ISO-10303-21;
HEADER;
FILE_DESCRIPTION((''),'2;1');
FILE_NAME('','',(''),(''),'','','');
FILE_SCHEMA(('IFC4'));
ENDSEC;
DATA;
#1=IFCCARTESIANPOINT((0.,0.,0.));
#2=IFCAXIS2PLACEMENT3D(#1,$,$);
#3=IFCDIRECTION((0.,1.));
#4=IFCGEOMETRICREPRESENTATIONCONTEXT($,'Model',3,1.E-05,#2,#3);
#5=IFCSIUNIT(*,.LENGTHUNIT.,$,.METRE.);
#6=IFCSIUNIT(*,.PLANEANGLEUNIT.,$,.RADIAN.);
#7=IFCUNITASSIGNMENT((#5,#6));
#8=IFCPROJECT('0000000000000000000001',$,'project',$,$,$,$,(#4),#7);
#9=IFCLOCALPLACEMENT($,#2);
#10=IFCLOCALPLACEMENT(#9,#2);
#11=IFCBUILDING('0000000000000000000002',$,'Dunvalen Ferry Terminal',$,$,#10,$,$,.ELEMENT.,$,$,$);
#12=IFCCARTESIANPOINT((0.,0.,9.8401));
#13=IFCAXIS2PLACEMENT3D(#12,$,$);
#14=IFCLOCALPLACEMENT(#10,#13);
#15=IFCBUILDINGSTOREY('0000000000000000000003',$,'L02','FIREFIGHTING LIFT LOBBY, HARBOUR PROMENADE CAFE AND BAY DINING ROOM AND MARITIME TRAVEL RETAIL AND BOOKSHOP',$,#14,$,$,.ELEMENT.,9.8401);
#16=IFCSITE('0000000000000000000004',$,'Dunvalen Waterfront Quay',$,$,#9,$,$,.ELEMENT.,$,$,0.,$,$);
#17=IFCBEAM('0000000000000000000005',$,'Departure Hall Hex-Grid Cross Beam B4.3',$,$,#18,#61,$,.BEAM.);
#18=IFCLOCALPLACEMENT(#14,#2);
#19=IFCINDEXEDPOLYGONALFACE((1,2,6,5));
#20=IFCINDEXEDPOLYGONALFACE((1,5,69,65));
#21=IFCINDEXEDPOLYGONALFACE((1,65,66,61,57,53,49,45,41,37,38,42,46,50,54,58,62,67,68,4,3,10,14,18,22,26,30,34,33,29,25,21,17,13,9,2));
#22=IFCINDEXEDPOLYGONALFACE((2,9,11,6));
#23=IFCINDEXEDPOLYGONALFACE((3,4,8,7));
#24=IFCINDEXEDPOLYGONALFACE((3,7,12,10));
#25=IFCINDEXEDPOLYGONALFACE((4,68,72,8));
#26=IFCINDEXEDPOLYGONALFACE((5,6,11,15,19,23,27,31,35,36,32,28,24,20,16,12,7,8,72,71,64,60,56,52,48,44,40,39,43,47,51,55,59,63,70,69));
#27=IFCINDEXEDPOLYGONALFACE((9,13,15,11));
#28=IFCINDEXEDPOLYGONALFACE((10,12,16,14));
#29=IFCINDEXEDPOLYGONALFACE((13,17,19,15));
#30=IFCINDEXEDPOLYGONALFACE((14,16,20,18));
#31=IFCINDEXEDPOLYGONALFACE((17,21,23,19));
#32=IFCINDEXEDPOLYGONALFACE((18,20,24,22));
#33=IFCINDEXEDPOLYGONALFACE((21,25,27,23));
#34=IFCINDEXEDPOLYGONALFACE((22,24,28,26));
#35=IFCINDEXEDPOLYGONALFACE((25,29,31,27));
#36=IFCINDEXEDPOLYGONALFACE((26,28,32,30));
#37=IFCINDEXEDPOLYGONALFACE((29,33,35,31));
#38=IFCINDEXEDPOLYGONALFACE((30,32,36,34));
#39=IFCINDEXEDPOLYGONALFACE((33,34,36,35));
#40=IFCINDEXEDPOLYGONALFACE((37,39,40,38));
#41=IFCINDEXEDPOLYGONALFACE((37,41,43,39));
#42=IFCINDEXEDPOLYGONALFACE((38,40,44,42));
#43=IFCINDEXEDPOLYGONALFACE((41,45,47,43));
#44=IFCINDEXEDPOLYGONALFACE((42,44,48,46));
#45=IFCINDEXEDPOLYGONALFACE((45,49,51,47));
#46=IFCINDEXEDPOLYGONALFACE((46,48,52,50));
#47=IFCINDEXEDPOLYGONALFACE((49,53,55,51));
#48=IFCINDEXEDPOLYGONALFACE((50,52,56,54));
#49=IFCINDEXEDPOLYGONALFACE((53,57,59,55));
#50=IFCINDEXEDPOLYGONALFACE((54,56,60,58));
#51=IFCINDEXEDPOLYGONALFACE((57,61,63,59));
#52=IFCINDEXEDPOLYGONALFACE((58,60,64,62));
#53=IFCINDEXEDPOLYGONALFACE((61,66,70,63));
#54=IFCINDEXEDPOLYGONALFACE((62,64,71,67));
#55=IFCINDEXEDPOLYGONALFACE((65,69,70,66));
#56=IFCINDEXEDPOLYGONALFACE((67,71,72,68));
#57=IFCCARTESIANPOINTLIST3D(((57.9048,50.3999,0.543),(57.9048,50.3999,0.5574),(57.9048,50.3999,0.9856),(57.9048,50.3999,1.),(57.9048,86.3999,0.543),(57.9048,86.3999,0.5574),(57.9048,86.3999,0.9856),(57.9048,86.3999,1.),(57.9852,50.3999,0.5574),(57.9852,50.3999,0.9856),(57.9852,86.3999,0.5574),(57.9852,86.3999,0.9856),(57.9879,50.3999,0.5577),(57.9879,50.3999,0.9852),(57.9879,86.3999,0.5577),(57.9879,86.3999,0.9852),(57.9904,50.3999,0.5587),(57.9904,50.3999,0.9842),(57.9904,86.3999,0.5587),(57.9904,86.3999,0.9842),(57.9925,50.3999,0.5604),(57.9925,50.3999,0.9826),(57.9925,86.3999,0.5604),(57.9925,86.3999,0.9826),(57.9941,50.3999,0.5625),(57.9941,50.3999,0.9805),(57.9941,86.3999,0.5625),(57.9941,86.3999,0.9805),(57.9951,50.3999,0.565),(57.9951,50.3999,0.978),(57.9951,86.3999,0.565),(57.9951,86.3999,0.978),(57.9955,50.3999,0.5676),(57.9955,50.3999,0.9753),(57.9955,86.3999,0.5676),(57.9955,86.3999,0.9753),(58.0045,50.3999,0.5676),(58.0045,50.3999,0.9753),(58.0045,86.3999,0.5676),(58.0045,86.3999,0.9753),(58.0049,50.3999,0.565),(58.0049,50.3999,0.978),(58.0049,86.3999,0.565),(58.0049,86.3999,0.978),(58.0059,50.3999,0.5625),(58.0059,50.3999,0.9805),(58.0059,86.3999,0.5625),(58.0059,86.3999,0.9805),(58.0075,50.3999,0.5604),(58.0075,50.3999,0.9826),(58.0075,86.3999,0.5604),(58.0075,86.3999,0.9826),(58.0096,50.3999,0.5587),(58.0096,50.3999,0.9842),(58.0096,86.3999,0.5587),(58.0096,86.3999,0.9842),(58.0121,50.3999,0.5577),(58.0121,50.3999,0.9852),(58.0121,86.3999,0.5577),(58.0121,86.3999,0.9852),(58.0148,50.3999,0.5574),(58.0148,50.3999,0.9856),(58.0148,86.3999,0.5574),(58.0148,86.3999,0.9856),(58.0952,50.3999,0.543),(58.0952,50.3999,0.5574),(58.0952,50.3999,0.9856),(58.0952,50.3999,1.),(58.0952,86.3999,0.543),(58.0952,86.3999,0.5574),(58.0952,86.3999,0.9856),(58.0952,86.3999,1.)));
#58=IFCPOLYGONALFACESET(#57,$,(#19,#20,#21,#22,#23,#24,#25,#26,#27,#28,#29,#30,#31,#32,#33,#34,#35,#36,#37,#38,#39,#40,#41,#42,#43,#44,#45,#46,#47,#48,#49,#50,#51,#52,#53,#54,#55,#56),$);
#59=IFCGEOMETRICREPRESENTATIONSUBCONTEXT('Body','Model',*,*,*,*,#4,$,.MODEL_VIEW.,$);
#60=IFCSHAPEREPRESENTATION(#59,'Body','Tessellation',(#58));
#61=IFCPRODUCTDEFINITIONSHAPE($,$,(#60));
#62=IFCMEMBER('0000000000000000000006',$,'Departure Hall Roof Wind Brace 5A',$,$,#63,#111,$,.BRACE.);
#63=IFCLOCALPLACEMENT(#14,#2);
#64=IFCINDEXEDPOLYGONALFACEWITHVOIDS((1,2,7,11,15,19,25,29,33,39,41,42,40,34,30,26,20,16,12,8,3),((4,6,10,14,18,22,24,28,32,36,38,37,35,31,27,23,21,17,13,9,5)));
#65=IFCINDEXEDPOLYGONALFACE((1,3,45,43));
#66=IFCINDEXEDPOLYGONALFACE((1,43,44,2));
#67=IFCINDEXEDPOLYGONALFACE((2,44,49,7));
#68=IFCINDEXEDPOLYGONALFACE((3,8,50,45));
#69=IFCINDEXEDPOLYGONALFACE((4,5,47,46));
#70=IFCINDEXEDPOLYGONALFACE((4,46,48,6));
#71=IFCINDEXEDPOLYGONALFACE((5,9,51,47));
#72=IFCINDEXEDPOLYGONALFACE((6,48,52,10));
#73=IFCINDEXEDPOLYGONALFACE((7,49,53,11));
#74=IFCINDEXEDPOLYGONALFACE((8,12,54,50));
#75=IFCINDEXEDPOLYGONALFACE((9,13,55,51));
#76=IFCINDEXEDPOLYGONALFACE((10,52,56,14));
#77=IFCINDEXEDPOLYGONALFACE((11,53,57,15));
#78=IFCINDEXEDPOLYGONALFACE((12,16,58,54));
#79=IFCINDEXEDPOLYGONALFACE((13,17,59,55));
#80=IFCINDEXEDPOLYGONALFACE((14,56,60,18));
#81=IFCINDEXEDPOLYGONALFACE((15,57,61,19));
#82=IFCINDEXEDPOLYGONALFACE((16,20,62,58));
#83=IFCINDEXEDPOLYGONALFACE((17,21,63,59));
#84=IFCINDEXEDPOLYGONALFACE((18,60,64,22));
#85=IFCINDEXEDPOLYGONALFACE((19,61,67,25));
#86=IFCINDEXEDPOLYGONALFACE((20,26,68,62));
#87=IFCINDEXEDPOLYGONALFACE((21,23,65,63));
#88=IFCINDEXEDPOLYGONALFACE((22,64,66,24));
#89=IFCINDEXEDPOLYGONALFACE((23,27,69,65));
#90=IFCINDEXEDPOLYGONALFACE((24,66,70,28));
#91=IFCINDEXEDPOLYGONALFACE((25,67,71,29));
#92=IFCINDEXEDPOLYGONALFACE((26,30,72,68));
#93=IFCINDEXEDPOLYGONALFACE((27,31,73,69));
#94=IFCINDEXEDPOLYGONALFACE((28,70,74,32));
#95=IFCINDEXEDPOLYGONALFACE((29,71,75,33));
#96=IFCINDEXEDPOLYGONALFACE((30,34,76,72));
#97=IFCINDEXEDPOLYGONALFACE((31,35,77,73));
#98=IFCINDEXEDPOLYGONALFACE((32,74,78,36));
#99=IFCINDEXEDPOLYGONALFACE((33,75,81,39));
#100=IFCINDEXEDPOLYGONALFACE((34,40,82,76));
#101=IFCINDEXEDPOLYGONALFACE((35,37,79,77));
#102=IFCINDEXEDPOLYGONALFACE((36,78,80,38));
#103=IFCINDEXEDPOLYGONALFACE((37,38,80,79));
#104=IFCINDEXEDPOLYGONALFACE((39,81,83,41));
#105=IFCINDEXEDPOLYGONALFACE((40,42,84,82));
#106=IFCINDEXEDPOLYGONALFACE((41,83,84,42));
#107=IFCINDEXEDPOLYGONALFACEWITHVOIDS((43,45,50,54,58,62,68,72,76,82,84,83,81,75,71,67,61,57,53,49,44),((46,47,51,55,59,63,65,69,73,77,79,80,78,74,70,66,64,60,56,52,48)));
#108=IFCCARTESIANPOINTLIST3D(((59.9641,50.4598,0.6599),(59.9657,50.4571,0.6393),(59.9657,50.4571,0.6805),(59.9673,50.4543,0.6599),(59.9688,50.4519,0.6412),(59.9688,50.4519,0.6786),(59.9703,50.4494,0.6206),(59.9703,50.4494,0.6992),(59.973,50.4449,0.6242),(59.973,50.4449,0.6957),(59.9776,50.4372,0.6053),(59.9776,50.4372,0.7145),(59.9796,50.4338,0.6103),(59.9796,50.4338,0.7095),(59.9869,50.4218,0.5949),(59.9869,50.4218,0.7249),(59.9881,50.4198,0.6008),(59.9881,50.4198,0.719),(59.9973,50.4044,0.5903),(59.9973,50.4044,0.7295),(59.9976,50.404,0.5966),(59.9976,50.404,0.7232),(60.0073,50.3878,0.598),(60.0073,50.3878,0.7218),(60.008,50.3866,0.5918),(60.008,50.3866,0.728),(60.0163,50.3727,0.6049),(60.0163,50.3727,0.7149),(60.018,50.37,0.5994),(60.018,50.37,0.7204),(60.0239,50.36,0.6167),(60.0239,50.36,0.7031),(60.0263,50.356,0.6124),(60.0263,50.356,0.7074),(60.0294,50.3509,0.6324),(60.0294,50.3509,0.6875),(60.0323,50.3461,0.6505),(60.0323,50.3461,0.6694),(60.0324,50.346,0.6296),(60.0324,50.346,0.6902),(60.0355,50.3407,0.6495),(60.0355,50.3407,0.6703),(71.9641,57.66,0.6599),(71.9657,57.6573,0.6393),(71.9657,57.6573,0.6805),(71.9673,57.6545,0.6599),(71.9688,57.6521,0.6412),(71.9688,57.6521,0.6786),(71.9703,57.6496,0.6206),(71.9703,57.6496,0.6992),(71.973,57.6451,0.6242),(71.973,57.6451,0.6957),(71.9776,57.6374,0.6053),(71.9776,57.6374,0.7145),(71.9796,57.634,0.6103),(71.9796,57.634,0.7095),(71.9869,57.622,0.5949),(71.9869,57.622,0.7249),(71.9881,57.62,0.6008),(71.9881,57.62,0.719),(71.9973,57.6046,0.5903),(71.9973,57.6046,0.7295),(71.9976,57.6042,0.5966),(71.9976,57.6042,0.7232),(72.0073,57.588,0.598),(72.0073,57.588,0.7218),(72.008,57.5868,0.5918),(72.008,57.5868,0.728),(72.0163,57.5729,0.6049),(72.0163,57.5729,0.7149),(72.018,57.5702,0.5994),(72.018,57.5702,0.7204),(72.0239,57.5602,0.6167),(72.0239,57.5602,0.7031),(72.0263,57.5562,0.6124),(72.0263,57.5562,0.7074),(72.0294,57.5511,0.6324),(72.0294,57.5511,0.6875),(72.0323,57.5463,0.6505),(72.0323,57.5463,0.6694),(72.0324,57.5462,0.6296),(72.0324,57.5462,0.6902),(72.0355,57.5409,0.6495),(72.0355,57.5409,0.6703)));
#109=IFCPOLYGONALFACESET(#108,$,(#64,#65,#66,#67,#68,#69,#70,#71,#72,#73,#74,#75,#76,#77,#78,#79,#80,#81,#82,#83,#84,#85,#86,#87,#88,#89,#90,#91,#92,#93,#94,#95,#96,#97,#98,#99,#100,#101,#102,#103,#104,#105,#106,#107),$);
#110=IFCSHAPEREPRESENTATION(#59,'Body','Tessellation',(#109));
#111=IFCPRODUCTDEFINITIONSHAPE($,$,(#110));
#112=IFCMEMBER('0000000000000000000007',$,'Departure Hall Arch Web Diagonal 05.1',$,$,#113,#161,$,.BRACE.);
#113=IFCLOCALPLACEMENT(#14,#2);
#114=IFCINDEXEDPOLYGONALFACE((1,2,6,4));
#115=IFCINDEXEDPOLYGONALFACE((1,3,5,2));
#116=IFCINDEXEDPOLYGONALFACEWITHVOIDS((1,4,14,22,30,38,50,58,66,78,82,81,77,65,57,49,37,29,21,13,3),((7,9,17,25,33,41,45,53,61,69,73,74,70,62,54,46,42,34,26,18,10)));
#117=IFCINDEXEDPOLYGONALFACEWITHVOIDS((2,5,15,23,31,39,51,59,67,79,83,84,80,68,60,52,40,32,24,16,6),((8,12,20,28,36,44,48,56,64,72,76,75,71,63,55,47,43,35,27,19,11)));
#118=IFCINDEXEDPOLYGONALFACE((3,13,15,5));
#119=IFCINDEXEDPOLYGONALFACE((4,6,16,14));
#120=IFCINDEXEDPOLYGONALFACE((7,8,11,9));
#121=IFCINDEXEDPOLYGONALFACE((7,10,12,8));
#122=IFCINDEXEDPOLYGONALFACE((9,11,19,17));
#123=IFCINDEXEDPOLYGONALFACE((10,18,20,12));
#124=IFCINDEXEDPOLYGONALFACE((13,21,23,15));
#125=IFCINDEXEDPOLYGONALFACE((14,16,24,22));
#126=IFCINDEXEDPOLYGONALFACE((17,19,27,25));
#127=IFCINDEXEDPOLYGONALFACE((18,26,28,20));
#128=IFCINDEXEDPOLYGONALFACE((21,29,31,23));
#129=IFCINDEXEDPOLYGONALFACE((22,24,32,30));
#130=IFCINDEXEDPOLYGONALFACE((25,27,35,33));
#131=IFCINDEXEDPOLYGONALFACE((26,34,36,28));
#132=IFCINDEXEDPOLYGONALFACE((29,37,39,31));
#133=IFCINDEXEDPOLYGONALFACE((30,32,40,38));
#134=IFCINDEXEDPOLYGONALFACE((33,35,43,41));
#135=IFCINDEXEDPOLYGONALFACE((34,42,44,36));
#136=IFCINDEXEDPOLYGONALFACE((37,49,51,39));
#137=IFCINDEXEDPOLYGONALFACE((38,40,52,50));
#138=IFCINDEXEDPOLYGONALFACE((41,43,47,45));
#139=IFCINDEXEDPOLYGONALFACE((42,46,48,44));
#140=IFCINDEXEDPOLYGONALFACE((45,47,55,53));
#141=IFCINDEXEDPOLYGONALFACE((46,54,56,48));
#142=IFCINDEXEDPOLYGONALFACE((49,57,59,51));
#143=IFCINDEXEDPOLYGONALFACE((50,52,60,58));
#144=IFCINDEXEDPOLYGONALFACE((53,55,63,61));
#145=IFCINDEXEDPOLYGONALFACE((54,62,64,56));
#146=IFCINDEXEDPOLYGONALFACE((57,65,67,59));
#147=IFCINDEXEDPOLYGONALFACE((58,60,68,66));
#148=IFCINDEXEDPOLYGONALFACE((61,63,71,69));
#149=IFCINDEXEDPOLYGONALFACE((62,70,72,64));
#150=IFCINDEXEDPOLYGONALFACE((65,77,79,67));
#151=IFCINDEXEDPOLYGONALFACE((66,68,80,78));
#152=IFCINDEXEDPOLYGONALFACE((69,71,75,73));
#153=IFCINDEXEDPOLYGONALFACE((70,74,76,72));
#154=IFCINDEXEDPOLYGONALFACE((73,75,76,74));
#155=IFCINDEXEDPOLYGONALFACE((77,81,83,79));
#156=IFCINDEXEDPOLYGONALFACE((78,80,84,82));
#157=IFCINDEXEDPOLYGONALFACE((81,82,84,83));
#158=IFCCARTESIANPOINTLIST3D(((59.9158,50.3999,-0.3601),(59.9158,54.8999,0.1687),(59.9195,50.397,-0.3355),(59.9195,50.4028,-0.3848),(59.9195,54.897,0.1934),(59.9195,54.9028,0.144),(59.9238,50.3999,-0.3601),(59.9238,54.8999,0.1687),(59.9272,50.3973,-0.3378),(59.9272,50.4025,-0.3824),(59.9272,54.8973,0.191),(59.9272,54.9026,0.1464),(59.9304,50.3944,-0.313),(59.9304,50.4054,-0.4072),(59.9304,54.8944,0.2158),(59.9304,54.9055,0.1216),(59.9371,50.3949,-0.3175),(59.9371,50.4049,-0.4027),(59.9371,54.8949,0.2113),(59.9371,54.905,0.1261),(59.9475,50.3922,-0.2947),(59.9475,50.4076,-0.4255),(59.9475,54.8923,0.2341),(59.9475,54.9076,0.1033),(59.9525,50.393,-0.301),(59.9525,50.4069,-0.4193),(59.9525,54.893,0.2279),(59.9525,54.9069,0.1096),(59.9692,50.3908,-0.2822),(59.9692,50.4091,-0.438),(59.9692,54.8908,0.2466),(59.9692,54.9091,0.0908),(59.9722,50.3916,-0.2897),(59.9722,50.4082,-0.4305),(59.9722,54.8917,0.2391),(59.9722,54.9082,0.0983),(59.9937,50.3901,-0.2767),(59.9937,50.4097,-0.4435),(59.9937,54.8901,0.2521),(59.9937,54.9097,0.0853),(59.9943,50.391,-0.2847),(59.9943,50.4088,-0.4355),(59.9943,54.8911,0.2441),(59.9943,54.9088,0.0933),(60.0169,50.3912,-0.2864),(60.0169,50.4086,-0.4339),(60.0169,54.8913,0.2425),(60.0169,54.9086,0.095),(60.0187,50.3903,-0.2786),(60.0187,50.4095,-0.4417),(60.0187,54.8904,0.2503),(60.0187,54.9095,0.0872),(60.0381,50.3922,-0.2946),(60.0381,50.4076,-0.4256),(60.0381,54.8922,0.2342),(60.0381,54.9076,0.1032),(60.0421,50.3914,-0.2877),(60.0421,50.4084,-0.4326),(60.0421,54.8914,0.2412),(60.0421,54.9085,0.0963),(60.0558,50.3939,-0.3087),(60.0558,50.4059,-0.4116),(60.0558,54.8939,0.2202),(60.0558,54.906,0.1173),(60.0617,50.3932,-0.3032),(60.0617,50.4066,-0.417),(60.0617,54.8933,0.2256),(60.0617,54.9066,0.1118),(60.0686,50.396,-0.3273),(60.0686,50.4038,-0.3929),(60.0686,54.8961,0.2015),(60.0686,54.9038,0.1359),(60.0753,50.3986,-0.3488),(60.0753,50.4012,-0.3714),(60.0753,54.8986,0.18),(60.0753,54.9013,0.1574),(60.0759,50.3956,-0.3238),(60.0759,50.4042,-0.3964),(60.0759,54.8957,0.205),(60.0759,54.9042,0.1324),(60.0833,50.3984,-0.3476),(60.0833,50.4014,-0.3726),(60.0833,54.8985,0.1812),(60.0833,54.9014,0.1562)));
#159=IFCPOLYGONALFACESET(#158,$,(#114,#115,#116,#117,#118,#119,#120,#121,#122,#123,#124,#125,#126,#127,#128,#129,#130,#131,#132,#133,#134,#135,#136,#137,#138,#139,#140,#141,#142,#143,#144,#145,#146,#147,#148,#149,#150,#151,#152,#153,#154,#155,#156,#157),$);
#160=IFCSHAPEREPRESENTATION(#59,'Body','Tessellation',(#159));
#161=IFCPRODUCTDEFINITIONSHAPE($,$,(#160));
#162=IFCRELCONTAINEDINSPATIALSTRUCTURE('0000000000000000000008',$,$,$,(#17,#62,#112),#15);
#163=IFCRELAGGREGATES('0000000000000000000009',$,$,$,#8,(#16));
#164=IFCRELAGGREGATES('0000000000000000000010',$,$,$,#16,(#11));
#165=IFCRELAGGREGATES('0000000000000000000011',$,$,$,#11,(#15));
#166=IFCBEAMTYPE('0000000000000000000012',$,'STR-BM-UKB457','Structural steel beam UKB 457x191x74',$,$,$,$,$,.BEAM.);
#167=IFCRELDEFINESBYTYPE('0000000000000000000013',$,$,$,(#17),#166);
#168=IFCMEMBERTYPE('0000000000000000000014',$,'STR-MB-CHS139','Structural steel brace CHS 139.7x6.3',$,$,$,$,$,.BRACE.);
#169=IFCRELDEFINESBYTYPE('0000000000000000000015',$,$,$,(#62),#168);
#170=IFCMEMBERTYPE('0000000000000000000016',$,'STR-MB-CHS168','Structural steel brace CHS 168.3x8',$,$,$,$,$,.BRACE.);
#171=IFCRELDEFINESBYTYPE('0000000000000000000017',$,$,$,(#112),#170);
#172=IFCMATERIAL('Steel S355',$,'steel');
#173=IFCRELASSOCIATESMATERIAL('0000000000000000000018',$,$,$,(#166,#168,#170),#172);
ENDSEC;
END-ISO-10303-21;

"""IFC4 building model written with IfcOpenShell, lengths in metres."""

from ifc_helpers import new_model, si_unit, direction, frame, origin, origin_2d, place, context, subcontext, project, spatial, hollow_circle, i_section, extrude, material, material_profile, profile_set, type_object, element, save


model = new_model("IFC4")

# Units and contexts
model_context = context("Model", 3, precision=1e-05, world=origin(), true_north=direction((0.0, 1.0)))
body_context = subcontext(model_context, "Body", "Model", "MODEL_VIEW")
ifc_project = project(units=[si_unit("LENGTHUNIT", "METRE"), si_unit("PLANEANGLEUNIT", "RADIAN")], contexts=[model_context])

# Site, building, storey
site_placement = place(None, origin())
site = spatial("IfcSite", under=ifc_project, at=site_placement, Name="Dunvalen Waterfront Quay", CompositionType="ELEMENT", RefElevation=0.0)
building_placement = place(site_placement, origin())
building = spatial("IfcBuilding", under=site, at=building_placement, Name="Dunvalen Ferry Terminal", CompositionType="ELEMENT")
storey_placement = place(building_placement, frame((0.0, 0.0, 9.8401)))
storey = spatial("IfcBuildingStorey", under=building, at=storey_placement, Name="L02", Description="FIREFIGHTING LIFT LOBBY, HARBOUR PROMENADE CAFE AND BAY DINING ROOM AND MARITIME TRAVEL RETAIL AND BOOKSHOP", CompositionType="ELEMENT", Elevation=9.8401)

# Beam
ifc_material_1 = material(Name="Steel S355", Category="steel")
ifc_material_profile_1 = material_profile(ifc_material_1, i_section(OverallWidth=0.1904, OverallDepth=0.457, WebThickness=0.009, FlangeThickness=0.0144, FilletRadius=0.0103, at=origin_2d()), Name="Steel S355")
ifc_profile_set_1 = profile_set([ifc_material_profile_1], Name="Steel S355")
beam_type_1 = type_object("IfcBeamType", Name="STR-BM-UKB457", Description="Structural steel beam UKB 457x191x74", PredefinedType="BEAM", material=ifc_profile_set_1)
beam_1_placement = place(storey_placement, frame((58.0, 50.3999, 0.7715), z_axis=(0.0, 1.0, 0.0), x_axis=(-1.0, 0.0, 0.0)))
element("IfcBeam", 1, at=beam_1_placement, inside=storey, type_object=beam_type_1, Name="Departure Hall Hex-Grid Cross Beam B4.3", PredefinedType="BEAM", context=body_context, shape_type="SweptSolid", body=[
    extrude(i_section(OverallWidth=0.1904, OverallDepth=0.457, WebThickness=0.009, FlangeThickness=0.0144, FilletRadius=0.0103, at=origin_2d()), origin(), (0.0, 0.0, 1.0), 36.0),
])

# Members
ifc_material_profile_2 = material_profile(ifc_material_1, hollow_circle(Radius=0.0698, WallThickness=0.0063, at=origin_2d()), Name="Steel S355")
ifc_profile_set_2 = profile_set([ifc_material_profile_2], Name="Steel S355")
member_type_1 = type_object("IfcMemberType", Name="STR-MB-CHS139", Description="Structural steel brace CHS 139.7x6.3", PredefinedType="BRACE", material=ifc_profile_set_2)
member_1_placement = place(storey_placement, frame((60.0, 50.3999, 0.6599), z_axis=(0.857487, 0.514506, 0.0), x_axis=(-0.514506, 0.857487, 0.0)))
element("IfcMember", 2, at=member_1_placement, inside=storey, type_object=member_type_1, Name="Departure Hall Roof Wind Brace 5A", PredefinedType="BRACE", context=body_context, shape_type="SweptSolid", body=[
    extrude(hollow_circle(Radius=0.0698, WallThickness=0.0063, at=origin_2d()), origin(), (0.0, 0.0, 1.0), 13.9944),
])
ifc_material_profile_3 = material_profile(ifc_material_1, hollow_circle(Radius=0.0842, WallThickness=0.0081, at=origin_2d()), Name="Steel S355")
ifc_profile_set_3 = profile_set([ifc_material_profile_3], Name="Steel S355")
member_type_2 = type_object("IfcMemberType", Name="STR-MB-CHS168", Description="Structural steel brace CHS 168.3x8", PredefinedType="BRACE", material=ifc_profile_set_3)
member_2_placement = place(storey_placement, frame((60.0, 50.3999, -0.3601), z_axis=(0.0, 0.993166, 0.11671), x_axis=(-1.0, 0.0, 0.0)))
element("IfcMember", 3, at=member_2_placement, inside=storey, type_object=member_type_2, Name="Departure Hall Arch Web Diagonal 05.1", PredefinedType="BRACE", context=body_context, shape_type="SweptSolid", body=[
    extrude(hollow_circle(Radius=0.0842, WallThickness=0.0081, at=origin_2d()), origin(), (0.0, 0.0, 1.0), 4.531),
])

save(model, "model.ifc")
